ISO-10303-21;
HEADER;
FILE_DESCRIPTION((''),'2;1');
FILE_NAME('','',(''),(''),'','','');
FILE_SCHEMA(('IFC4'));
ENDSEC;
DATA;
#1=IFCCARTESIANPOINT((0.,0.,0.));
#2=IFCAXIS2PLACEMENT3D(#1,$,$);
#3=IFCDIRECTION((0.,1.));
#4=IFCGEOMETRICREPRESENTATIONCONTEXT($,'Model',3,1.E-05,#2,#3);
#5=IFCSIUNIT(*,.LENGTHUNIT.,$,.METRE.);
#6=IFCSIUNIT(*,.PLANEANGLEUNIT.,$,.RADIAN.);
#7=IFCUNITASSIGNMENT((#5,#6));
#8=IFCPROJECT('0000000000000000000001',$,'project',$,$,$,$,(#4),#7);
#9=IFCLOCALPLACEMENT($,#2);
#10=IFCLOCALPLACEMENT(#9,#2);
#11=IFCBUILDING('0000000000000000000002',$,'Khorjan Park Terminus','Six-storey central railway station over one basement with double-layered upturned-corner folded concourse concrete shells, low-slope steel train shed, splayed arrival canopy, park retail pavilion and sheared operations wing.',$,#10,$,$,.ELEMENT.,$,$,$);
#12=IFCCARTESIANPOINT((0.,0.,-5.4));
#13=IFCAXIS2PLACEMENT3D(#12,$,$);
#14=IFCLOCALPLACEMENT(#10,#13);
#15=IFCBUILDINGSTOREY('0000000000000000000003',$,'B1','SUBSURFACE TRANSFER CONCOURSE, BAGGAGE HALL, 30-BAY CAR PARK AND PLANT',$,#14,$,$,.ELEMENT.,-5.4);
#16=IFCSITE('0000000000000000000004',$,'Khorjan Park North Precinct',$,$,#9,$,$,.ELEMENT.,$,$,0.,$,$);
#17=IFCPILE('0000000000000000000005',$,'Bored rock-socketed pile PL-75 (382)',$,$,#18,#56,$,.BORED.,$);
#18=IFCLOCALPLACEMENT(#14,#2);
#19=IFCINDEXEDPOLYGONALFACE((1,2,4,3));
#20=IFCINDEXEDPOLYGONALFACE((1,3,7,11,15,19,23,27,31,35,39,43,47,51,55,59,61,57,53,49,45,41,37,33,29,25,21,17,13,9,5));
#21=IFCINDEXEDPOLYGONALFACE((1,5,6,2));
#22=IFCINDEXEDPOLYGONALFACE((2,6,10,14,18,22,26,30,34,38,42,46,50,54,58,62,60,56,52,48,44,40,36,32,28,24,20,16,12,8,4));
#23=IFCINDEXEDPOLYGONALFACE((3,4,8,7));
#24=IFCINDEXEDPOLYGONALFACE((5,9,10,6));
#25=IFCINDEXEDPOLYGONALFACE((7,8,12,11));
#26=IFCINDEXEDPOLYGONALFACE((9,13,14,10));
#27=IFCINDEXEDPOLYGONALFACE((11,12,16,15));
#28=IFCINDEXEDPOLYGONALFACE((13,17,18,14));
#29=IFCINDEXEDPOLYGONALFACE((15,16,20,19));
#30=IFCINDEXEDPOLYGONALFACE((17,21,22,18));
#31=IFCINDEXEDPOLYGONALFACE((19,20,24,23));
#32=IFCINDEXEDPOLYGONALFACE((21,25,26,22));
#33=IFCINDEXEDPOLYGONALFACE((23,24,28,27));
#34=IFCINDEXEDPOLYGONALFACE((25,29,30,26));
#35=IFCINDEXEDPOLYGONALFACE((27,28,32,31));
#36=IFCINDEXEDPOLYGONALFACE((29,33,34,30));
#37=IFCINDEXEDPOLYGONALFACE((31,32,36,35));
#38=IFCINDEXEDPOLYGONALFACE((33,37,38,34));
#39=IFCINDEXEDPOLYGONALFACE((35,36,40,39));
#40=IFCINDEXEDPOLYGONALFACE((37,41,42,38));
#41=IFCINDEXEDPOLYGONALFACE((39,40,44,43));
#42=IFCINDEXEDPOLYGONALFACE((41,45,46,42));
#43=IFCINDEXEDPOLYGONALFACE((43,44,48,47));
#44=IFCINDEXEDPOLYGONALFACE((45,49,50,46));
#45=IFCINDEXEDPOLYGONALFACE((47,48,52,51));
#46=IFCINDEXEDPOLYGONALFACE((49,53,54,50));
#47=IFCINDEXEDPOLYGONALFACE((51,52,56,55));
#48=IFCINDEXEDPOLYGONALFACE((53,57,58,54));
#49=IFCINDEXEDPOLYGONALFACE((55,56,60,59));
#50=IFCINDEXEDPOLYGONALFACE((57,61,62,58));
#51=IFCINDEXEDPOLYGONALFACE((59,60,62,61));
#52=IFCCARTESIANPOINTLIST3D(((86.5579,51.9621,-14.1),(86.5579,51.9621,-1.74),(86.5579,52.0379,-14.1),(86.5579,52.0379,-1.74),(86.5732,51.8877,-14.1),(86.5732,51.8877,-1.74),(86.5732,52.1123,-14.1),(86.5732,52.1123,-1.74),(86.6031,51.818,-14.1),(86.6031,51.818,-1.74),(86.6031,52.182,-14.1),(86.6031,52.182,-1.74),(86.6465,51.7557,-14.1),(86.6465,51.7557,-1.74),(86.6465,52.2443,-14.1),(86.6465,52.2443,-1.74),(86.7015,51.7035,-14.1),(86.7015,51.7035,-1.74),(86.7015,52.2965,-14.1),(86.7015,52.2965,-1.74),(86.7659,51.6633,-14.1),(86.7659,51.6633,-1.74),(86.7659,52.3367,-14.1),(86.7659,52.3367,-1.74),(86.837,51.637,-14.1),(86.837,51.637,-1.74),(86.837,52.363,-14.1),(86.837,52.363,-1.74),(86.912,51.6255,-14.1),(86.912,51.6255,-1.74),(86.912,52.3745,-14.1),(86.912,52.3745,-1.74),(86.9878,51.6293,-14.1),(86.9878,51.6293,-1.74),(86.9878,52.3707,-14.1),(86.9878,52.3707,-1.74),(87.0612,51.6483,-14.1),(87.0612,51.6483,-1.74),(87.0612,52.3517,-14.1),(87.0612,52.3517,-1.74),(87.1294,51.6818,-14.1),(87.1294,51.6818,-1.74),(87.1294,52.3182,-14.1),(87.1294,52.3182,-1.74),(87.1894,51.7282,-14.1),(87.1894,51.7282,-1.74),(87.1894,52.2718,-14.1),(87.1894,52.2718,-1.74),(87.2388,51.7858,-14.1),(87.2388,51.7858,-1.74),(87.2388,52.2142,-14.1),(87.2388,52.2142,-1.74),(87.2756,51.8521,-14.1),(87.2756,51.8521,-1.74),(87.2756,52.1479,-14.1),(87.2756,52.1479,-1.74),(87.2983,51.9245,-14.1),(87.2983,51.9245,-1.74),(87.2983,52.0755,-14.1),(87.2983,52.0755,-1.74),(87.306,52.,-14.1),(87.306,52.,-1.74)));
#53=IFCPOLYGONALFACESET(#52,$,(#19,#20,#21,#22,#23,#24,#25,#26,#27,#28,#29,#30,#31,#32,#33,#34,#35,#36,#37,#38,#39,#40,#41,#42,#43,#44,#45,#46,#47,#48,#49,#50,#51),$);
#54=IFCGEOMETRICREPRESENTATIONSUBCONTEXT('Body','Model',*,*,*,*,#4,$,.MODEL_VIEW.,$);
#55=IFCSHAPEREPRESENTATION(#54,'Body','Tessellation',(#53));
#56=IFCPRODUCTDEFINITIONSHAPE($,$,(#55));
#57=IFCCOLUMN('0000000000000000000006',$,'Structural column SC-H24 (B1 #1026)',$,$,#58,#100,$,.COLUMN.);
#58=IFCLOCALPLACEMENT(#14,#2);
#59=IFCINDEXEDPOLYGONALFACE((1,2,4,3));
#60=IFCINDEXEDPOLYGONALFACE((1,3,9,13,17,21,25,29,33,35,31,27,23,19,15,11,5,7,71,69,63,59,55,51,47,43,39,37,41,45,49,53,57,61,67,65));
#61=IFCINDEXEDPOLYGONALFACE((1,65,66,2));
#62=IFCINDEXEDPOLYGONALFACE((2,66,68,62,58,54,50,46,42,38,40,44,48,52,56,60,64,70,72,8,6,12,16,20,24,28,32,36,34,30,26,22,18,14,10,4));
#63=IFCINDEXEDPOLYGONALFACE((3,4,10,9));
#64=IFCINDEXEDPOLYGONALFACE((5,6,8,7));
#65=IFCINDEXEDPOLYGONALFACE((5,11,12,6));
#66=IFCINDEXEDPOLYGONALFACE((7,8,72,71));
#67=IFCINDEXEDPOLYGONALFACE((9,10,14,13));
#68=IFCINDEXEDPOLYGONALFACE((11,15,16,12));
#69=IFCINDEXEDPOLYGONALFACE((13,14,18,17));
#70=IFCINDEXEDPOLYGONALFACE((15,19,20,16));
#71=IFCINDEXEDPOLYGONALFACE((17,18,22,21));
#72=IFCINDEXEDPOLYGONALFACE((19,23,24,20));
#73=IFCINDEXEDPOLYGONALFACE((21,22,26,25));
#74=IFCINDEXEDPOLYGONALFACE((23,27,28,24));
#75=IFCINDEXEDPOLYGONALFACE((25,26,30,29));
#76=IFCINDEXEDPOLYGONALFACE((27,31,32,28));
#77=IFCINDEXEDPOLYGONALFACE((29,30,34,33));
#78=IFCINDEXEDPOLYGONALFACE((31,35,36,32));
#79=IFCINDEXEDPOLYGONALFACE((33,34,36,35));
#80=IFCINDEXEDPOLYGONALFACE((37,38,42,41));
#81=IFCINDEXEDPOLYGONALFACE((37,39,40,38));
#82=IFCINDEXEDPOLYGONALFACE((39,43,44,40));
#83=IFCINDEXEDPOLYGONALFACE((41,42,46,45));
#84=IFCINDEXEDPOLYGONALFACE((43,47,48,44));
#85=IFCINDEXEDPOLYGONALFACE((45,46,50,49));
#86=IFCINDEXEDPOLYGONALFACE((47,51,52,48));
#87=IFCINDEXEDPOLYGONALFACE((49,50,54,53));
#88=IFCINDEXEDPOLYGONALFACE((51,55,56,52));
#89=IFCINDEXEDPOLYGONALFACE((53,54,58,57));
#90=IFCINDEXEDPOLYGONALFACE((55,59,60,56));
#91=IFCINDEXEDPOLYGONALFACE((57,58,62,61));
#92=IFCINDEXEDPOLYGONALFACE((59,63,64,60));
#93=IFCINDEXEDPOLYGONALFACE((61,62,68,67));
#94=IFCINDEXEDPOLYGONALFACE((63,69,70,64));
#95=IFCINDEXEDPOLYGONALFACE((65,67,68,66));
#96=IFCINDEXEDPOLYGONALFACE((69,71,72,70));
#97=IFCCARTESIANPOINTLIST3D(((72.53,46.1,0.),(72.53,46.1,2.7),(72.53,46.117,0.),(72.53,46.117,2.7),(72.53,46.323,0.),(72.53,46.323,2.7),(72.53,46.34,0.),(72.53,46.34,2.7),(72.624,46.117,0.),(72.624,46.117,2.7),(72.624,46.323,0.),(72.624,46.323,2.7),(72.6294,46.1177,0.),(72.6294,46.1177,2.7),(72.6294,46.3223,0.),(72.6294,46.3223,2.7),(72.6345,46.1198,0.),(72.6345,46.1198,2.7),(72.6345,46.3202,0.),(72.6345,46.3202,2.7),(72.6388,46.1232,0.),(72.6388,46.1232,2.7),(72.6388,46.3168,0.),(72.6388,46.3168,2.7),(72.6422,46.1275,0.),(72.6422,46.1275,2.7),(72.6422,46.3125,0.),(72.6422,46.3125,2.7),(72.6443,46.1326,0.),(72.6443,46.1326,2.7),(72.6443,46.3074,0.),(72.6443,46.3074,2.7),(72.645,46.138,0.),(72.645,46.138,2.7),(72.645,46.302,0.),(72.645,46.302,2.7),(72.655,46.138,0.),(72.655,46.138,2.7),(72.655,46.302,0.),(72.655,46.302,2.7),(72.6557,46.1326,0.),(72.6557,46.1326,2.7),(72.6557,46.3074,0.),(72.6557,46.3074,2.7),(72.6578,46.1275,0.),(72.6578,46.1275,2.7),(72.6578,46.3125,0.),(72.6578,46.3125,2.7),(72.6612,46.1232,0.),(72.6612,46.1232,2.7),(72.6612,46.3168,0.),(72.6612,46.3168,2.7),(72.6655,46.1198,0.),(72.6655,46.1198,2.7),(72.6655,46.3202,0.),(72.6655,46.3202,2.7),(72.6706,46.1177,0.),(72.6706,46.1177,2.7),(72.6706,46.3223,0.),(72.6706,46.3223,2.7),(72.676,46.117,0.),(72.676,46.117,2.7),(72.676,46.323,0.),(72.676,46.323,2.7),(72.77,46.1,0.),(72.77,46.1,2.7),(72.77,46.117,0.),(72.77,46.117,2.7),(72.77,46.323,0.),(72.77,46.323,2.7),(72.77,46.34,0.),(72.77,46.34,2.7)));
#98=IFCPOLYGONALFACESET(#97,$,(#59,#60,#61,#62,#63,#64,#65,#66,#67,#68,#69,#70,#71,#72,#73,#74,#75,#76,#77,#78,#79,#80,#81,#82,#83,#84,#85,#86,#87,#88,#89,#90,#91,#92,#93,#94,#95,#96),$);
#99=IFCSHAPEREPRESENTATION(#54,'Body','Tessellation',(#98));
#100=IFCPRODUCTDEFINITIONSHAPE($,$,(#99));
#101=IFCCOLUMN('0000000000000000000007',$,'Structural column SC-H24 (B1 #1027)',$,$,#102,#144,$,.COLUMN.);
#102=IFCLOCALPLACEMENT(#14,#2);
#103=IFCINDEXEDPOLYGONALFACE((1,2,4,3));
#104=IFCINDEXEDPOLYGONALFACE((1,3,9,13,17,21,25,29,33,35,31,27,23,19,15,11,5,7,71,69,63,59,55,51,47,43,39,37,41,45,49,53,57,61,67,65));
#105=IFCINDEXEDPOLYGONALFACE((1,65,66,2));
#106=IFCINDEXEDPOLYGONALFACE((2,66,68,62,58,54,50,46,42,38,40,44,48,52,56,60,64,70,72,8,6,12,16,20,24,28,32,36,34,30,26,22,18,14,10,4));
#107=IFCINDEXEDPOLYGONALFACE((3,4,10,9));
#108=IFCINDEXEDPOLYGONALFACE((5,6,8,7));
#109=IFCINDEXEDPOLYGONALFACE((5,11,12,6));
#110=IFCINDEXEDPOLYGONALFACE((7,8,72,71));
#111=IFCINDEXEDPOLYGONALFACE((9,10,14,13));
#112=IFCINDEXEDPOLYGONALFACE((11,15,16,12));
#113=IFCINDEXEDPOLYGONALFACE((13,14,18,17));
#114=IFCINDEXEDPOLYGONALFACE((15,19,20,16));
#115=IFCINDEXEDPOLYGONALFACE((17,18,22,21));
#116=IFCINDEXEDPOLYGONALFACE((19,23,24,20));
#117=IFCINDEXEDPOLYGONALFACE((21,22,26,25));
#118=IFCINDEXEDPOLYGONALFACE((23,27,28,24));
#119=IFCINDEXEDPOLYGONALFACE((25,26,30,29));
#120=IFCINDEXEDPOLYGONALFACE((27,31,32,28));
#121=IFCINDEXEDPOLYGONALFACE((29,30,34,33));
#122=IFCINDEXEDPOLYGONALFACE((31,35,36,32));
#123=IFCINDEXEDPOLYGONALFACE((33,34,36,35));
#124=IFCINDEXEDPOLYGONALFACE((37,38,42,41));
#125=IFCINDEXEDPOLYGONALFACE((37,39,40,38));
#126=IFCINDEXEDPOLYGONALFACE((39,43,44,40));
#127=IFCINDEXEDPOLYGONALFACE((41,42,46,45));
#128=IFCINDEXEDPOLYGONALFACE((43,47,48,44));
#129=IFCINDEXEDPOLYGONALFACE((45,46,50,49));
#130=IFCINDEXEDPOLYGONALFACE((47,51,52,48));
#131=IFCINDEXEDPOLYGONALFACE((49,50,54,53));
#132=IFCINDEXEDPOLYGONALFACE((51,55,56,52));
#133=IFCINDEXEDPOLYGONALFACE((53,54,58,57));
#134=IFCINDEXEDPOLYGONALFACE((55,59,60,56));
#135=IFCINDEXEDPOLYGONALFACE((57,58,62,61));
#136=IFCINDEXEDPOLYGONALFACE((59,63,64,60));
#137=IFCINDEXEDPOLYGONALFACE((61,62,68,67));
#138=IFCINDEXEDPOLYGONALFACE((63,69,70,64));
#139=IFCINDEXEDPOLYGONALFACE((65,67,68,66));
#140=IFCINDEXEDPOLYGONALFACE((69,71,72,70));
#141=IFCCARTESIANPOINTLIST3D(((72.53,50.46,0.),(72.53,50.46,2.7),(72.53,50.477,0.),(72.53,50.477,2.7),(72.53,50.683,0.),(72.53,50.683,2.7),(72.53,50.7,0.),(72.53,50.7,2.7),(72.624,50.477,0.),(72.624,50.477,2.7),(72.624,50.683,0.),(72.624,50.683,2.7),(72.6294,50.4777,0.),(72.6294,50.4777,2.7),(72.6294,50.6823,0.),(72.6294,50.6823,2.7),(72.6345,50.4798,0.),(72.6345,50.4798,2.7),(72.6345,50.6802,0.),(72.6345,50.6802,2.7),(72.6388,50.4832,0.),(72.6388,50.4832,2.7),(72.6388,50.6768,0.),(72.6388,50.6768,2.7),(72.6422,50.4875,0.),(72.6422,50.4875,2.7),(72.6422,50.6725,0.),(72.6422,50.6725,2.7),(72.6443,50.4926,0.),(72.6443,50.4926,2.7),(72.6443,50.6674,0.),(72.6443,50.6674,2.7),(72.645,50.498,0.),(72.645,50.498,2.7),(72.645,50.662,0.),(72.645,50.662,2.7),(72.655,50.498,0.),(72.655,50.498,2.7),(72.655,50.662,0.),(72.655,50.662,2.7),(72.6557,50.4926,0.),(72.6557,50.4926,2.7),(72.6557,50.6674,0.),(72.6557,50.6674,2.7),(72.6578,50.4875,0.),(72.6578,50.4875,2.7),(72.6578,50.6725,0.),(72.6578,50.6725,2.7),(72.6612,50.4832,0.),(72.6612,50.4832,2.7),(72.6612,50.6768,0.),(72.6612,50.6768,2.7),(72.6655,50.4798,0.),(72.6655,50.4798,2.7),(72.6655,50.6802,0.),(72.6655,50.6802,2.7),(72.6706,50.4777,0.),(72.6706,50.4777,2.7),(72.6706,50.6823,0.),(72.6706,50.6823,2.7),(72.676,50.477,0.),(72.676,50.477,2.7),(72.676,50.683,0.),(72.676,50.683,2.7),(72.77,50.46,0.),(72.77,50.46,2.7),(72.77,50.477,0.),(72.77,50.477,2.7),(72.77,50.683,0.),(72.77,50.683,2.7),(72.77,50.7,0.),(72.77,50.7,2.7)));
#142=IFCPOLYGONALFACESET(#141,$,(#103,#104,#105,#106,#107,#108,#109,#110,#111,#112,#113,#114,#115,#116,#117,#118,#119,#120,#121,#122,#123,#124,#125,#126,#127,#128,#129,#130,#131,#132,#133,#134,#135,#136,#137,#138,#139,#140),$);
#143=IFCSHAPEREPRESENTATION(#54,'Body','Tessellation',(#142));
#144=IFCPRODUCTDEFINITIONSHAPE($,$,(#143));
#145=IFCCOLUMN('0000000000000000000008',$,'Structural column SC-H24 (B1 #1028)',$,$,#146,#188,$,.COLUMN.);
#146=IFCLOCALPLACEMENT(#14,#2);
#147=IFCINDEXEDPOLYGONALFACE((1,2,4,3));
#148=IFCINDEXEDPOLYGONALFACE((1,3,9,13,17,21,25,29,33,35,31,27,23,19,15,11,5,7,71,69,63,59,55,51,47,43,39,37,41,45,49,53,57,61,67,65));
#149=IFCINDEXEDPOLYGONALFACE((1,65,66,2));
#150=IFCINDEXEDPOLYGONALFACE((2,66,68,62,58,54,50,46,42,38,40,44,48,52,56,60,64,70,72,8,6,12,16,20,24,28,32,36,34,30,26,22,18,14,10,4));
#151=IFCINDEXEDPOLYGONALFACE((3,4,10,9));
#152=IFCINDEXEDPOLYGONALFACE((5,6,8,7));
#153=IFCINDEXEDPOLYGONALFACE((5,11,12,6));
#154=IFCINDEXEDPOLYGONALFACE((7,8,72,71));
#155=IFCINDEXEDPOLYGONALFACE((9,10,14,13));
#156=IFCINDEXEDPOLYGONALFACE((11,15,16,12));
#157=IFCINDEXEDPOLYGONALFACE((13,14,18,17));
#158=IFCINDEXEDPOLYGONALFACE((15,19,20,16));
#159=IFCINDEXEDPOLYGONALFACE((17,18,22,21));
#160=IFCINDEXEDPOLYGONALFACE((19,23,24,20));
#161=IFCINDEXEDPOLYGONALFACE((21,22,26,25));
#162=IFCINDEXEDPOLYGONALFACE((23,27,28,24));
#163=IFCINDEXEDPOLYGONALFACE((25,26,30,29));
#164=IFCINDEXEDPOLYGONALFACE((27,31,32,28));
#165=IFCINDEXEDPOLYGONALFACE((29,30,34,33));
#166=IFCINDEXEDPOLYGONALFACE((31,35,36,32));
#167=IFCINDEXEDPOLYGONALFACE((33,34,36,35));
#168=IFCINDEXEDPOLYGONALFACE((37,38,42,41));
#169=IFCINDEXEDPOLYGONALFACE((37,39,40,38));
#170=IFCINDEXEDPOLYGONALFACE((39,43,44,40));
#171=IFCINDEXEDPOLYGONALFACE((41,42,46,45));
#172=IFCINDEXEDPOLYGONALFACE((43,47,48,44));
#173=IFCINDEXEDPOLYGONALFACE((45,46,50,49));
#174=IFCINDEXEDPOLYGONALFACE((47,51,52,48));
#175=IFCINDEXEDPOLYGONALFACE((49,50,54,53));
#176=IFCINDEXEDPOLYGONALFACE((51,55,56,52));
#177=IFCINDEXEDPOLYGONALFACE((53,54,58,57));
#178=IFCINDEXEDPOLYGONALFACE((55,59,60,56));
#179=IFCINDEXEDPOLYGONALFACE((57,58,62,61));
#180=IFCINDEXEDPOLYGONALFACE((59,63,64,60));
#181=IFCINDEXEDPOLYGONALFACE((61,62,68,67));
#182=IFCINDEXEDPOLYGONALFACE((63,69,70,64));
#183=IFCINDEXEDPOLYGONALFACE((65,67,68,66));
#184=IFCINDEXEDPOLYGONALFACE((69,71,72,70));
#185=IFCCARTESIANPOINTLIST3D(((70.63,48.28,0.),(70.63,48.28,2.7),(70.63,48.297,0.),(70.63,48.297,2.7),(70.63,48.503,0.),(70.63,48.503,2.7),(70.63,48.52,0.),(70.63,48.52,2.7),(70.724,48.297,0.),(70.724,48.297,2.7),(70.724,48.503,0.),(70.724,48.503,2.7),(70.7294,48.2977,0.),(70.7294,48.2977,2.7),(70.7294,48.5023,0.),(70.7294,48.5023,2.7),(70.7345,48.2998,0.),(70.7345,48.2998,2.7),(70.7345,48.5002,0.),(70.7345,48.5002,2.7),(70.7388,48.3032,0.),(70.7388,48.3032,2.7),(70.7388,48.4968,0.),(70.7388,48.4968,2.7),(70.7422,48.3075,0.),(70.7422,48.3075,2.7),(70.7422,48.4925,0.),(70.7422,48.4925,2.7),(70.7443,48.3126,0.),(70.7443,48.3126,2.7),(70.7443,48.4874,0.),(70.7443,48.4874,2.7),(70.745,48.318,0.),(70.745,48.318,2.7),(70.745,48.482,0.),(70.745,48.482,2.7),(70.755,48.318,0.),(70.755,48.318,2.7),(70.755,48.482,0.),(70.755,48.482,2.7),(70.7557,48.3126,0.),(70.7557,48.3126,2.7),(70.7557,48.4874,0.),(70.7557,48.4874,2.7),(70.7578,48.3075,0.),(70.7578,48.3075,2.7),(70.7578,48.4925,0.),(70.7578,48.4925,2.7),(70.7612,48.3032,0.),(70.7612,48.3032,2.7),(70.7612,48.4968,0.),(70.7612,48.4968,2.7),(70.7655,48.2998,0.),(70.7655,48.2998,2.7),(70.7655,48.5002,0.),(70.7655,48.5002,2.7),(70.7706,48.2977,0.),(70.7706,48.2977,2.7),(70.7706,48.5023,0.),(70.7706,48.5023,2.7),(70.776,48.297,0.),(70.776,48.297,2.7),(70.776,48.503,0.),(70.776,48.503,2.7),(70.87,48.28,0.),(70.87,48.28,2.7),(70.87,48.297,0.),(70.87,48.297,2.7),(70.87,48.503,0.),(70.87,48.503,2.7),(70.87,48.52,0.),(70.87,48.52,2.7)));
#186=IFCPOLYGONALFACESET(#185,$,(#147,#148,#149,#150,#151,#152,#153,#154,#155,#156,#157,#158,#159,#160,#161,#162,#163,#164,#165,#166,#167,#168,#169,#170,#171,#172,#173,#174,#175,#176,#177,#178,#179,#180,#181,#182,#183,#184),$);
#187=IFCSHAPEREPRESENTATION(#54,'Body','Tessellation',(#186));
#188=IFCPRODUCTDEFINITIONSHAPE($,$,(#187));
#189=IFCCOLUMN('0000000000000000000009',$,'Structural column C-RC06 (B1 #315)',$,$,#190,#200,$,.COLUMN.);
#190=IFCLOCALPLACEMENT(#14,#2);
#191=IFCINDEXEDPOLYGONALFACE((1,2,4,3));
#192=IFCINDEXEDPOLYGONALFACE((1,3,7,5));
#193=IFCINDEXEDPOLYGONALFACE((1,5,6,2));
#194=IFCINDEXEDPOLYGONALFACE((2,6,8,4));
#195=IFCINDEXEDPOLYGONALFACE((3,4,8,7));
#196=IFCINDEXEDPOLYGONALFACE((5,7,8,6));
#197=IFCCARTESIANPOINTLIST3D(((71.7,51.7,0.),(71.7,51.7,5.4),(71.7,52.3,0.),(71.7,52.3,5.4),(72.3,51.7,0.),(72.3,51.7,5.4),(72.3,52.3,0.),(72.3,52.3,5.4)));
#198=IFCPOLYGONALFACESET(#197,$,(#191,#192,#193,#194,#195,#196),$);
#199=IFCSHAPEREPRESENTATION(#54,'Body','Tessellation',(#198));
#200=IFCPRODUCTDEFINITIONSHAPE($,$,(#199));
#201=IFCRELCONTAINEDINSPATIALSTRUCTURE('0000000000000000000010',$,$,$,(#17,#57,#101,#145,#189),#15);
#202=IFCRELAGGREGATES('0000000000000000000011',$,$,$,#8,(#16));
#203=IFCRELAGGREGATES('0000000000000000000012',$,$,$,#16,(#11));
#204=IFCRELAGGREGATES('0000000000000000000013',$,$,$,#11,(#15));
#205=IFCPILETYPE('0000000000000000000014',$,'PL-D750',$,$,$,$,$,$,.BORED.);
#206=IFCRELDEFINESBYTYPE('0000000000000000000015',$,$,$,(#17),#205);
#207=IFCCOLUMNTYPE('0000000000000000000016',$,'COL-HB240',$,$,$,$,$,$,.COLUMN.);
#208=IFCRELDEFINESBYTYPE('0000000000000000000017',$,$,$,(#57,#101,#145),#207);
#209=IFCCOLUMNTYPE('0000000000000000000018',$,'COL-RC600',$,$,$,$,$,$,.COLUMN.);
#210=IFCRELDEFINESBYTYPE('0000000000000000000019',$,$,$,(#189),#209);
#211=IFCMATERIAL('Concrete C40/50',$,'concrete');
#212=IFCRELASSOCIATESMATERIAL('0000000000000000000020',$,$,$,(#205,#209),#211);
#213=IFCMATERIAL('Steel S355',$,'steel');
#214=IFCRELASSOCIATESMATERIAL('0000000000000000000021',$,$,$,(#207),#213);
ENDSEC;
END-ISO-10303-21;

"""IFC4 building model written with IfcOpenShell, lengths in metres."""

from ifc_helpers import new_model, si_unit, direction, frame, origin, origin_2d, place, context, subcontext, project, spatial, rectangle, circle, i_section, extrude, material, material_profile, profile_set, type_object, element, save


model = new_model("IFC4")

# Units and contexts
model_context = context("Model", 3, precision=1e-05, world=origin(), true_north=direction((0.0, 1.0)))
body_context = subcontext(model_context, "Body", "Model", "MODEL_VIEW")
ifc_project = project(units=[si_unit("LENGTHUNIT", "METRE"), si_unit("PLANEANGLEUNIT", "RADIAN")], contexts=[model_context])

# Site, building, storey
site_placement = place(None, origin())
site = spatial("IfcSite", under=ifc_project, at=site_placement, Name="Khorjan Park North Precinct", CompositionType="ELEMENT", RefElevation=0.0)
building_placement = place(site_placement, origin())
building = spatial("IfcBuilding", under=site, at=building_placement, Name="Khorjan Park Terminus", Description="Six-storey central railway station over one basement with double-layered upturned-corner folded concourse concrete shells, low-slope steel train shed, splayed arrival canopy, park retail pavilion and sheared operations wing.", CompositionType="ELEMENT")
storey_placement = place(building_placement, frame((0.0, 0.0, -5.4)))
storey = spatial("IfcBuildingStorey", under=building, at=storey_placement, Name="B1", Description="SUBSURFACE TRANSFER CONCOURSE, BAGGAGE HALL, 30-BAY CAR PARK AND PLANT", CompositionType="ELEMENT", Elevation=-5.4)

# Shared definitions
ifc_material_1 = material(Name="Concrete C40/50", Category="concrete")

# Pile
ifc_material_profile_1 = material_profile(ifc_material_1, circle(Radius=0.375, at=origin_2d()), Name="BORED D750")
ifc_profile_set_1 = profile_set([ifc_material_profile_1], Name="Concrete C40/50")
pile_type = type_object("IfcPileType", Name="PL-D750", PredefinedType="BORED", material=ifc_profile_set_1)
pile_placement = place(storey_placement, frame((86.931, 52.0, -1.74), z_axis=(0.0, 0.0, -1.0), x_axis=(1.0, 0.0, 0.0)))
element("IfcPile", 1, at=pile_placement, inside=storey, type_object=pile_type, Name="Bored rock-socketed pile PL-75 (382)", PredefinedType="BORED", context=body_context, shape_type="SweptSolid", body=[
    extrude(circle(Radius=0.375, at=origin_2d()), origin(), (0.0, 0.0, 1.0), 12.36),
])

# Columns
ifc_material_2 = material(Name="Steel S355", Category="steel")
ifc_material_profile_2 = material_profile(ifc_material_2, i_section(OverallWidth=0.24, OverallDepth=0.24, WebThickness=0.01, FlangeThickness=0.017, FilletRadius=0.021, at=origin_2d()), Name="HEB 240")
ifc_profile_set_2 = profile_set([ifc_material_profile_2], Name="Steel S355")
column_type_1 = type_object("IfcColumnType", Name="COL-HB240", PredefinedType="COLUMN", material=ifc_profile_set_2)
for number, where, z_axis, x_axis, name in (
    (2, (72.65, 46.22, 0.0), (0.0, 0.0, 1.0), (1.0, 0.0, 0.0), "Structural column SC-H24 (B1 #1026)"),
    (3, (72.65, 50.58, 0.0), (0.0, 0.0, 1.0), (1.0, 0.0, 0.0), "Structural column SC-H24 (B1 #1027)"),
    (4, (70.75, 48.4, 0.0), (0.0, 0.0, 1.0), (1.0, 0.0, 0.0), "Structural column SC-H24 (B1 #1028)"),
):
    element("IfcColumn", number, at=place(storey_placement, frame(where, z_axis=z_axis, x_axis=x_axis)), inside=storey, type_object=column_type_1, Name=name, PredefinedType="COLUMN", context=body_context, shape_type="SweptSolid", body=[
        extrude(i_section(OverallWidth=0.24, OverallDepth=0.24, WebThickness=0.01, FlangeThickness=0.017, FilletRadius=0.021, at=origin_2d()), origin(), (0.0, 0.0, 1.0), 2.7),
    ])
ifc_material_profile_3 = material_profile(ifc_material_1, rectangle(XDim=0.6, YDim=0.6, at=origin_2d()), Name="RC 600x600")
ifc_profile_set_3 = profile_set([ifc_material_profile_3], Name="Concrete C40/50")
column_type_2 = type_object("IfcColumnType", Name="COL-RC600", PredefinedType="COLUMN", material=ifc_profile_set_3)
for number, where, z_axis, x_axis, name in (
    (5, (72.0, 52.0, 0.0), (0.0, 0.0, 1.0), (1.0, 0.0, 0.0), "Structural column C-RC06 (B1 #315)"),
):
    element("IfcColumn", number, at=place(storey_placement, frame(where, z_axis=z_axis, x_axis=x_axis)), inside=storey, type_object=column_type_2, Name=name, PredefinedType="COLUMN", context=body_context, shape_type="SweptSolid", body=[
        extrude(rectangle(XDim=0.6, YDim=0.6, at=origin_2d()), origin(), (0.0, 0.0, 1.0), 5.4),
    ])

save(model, "model.ifc")
